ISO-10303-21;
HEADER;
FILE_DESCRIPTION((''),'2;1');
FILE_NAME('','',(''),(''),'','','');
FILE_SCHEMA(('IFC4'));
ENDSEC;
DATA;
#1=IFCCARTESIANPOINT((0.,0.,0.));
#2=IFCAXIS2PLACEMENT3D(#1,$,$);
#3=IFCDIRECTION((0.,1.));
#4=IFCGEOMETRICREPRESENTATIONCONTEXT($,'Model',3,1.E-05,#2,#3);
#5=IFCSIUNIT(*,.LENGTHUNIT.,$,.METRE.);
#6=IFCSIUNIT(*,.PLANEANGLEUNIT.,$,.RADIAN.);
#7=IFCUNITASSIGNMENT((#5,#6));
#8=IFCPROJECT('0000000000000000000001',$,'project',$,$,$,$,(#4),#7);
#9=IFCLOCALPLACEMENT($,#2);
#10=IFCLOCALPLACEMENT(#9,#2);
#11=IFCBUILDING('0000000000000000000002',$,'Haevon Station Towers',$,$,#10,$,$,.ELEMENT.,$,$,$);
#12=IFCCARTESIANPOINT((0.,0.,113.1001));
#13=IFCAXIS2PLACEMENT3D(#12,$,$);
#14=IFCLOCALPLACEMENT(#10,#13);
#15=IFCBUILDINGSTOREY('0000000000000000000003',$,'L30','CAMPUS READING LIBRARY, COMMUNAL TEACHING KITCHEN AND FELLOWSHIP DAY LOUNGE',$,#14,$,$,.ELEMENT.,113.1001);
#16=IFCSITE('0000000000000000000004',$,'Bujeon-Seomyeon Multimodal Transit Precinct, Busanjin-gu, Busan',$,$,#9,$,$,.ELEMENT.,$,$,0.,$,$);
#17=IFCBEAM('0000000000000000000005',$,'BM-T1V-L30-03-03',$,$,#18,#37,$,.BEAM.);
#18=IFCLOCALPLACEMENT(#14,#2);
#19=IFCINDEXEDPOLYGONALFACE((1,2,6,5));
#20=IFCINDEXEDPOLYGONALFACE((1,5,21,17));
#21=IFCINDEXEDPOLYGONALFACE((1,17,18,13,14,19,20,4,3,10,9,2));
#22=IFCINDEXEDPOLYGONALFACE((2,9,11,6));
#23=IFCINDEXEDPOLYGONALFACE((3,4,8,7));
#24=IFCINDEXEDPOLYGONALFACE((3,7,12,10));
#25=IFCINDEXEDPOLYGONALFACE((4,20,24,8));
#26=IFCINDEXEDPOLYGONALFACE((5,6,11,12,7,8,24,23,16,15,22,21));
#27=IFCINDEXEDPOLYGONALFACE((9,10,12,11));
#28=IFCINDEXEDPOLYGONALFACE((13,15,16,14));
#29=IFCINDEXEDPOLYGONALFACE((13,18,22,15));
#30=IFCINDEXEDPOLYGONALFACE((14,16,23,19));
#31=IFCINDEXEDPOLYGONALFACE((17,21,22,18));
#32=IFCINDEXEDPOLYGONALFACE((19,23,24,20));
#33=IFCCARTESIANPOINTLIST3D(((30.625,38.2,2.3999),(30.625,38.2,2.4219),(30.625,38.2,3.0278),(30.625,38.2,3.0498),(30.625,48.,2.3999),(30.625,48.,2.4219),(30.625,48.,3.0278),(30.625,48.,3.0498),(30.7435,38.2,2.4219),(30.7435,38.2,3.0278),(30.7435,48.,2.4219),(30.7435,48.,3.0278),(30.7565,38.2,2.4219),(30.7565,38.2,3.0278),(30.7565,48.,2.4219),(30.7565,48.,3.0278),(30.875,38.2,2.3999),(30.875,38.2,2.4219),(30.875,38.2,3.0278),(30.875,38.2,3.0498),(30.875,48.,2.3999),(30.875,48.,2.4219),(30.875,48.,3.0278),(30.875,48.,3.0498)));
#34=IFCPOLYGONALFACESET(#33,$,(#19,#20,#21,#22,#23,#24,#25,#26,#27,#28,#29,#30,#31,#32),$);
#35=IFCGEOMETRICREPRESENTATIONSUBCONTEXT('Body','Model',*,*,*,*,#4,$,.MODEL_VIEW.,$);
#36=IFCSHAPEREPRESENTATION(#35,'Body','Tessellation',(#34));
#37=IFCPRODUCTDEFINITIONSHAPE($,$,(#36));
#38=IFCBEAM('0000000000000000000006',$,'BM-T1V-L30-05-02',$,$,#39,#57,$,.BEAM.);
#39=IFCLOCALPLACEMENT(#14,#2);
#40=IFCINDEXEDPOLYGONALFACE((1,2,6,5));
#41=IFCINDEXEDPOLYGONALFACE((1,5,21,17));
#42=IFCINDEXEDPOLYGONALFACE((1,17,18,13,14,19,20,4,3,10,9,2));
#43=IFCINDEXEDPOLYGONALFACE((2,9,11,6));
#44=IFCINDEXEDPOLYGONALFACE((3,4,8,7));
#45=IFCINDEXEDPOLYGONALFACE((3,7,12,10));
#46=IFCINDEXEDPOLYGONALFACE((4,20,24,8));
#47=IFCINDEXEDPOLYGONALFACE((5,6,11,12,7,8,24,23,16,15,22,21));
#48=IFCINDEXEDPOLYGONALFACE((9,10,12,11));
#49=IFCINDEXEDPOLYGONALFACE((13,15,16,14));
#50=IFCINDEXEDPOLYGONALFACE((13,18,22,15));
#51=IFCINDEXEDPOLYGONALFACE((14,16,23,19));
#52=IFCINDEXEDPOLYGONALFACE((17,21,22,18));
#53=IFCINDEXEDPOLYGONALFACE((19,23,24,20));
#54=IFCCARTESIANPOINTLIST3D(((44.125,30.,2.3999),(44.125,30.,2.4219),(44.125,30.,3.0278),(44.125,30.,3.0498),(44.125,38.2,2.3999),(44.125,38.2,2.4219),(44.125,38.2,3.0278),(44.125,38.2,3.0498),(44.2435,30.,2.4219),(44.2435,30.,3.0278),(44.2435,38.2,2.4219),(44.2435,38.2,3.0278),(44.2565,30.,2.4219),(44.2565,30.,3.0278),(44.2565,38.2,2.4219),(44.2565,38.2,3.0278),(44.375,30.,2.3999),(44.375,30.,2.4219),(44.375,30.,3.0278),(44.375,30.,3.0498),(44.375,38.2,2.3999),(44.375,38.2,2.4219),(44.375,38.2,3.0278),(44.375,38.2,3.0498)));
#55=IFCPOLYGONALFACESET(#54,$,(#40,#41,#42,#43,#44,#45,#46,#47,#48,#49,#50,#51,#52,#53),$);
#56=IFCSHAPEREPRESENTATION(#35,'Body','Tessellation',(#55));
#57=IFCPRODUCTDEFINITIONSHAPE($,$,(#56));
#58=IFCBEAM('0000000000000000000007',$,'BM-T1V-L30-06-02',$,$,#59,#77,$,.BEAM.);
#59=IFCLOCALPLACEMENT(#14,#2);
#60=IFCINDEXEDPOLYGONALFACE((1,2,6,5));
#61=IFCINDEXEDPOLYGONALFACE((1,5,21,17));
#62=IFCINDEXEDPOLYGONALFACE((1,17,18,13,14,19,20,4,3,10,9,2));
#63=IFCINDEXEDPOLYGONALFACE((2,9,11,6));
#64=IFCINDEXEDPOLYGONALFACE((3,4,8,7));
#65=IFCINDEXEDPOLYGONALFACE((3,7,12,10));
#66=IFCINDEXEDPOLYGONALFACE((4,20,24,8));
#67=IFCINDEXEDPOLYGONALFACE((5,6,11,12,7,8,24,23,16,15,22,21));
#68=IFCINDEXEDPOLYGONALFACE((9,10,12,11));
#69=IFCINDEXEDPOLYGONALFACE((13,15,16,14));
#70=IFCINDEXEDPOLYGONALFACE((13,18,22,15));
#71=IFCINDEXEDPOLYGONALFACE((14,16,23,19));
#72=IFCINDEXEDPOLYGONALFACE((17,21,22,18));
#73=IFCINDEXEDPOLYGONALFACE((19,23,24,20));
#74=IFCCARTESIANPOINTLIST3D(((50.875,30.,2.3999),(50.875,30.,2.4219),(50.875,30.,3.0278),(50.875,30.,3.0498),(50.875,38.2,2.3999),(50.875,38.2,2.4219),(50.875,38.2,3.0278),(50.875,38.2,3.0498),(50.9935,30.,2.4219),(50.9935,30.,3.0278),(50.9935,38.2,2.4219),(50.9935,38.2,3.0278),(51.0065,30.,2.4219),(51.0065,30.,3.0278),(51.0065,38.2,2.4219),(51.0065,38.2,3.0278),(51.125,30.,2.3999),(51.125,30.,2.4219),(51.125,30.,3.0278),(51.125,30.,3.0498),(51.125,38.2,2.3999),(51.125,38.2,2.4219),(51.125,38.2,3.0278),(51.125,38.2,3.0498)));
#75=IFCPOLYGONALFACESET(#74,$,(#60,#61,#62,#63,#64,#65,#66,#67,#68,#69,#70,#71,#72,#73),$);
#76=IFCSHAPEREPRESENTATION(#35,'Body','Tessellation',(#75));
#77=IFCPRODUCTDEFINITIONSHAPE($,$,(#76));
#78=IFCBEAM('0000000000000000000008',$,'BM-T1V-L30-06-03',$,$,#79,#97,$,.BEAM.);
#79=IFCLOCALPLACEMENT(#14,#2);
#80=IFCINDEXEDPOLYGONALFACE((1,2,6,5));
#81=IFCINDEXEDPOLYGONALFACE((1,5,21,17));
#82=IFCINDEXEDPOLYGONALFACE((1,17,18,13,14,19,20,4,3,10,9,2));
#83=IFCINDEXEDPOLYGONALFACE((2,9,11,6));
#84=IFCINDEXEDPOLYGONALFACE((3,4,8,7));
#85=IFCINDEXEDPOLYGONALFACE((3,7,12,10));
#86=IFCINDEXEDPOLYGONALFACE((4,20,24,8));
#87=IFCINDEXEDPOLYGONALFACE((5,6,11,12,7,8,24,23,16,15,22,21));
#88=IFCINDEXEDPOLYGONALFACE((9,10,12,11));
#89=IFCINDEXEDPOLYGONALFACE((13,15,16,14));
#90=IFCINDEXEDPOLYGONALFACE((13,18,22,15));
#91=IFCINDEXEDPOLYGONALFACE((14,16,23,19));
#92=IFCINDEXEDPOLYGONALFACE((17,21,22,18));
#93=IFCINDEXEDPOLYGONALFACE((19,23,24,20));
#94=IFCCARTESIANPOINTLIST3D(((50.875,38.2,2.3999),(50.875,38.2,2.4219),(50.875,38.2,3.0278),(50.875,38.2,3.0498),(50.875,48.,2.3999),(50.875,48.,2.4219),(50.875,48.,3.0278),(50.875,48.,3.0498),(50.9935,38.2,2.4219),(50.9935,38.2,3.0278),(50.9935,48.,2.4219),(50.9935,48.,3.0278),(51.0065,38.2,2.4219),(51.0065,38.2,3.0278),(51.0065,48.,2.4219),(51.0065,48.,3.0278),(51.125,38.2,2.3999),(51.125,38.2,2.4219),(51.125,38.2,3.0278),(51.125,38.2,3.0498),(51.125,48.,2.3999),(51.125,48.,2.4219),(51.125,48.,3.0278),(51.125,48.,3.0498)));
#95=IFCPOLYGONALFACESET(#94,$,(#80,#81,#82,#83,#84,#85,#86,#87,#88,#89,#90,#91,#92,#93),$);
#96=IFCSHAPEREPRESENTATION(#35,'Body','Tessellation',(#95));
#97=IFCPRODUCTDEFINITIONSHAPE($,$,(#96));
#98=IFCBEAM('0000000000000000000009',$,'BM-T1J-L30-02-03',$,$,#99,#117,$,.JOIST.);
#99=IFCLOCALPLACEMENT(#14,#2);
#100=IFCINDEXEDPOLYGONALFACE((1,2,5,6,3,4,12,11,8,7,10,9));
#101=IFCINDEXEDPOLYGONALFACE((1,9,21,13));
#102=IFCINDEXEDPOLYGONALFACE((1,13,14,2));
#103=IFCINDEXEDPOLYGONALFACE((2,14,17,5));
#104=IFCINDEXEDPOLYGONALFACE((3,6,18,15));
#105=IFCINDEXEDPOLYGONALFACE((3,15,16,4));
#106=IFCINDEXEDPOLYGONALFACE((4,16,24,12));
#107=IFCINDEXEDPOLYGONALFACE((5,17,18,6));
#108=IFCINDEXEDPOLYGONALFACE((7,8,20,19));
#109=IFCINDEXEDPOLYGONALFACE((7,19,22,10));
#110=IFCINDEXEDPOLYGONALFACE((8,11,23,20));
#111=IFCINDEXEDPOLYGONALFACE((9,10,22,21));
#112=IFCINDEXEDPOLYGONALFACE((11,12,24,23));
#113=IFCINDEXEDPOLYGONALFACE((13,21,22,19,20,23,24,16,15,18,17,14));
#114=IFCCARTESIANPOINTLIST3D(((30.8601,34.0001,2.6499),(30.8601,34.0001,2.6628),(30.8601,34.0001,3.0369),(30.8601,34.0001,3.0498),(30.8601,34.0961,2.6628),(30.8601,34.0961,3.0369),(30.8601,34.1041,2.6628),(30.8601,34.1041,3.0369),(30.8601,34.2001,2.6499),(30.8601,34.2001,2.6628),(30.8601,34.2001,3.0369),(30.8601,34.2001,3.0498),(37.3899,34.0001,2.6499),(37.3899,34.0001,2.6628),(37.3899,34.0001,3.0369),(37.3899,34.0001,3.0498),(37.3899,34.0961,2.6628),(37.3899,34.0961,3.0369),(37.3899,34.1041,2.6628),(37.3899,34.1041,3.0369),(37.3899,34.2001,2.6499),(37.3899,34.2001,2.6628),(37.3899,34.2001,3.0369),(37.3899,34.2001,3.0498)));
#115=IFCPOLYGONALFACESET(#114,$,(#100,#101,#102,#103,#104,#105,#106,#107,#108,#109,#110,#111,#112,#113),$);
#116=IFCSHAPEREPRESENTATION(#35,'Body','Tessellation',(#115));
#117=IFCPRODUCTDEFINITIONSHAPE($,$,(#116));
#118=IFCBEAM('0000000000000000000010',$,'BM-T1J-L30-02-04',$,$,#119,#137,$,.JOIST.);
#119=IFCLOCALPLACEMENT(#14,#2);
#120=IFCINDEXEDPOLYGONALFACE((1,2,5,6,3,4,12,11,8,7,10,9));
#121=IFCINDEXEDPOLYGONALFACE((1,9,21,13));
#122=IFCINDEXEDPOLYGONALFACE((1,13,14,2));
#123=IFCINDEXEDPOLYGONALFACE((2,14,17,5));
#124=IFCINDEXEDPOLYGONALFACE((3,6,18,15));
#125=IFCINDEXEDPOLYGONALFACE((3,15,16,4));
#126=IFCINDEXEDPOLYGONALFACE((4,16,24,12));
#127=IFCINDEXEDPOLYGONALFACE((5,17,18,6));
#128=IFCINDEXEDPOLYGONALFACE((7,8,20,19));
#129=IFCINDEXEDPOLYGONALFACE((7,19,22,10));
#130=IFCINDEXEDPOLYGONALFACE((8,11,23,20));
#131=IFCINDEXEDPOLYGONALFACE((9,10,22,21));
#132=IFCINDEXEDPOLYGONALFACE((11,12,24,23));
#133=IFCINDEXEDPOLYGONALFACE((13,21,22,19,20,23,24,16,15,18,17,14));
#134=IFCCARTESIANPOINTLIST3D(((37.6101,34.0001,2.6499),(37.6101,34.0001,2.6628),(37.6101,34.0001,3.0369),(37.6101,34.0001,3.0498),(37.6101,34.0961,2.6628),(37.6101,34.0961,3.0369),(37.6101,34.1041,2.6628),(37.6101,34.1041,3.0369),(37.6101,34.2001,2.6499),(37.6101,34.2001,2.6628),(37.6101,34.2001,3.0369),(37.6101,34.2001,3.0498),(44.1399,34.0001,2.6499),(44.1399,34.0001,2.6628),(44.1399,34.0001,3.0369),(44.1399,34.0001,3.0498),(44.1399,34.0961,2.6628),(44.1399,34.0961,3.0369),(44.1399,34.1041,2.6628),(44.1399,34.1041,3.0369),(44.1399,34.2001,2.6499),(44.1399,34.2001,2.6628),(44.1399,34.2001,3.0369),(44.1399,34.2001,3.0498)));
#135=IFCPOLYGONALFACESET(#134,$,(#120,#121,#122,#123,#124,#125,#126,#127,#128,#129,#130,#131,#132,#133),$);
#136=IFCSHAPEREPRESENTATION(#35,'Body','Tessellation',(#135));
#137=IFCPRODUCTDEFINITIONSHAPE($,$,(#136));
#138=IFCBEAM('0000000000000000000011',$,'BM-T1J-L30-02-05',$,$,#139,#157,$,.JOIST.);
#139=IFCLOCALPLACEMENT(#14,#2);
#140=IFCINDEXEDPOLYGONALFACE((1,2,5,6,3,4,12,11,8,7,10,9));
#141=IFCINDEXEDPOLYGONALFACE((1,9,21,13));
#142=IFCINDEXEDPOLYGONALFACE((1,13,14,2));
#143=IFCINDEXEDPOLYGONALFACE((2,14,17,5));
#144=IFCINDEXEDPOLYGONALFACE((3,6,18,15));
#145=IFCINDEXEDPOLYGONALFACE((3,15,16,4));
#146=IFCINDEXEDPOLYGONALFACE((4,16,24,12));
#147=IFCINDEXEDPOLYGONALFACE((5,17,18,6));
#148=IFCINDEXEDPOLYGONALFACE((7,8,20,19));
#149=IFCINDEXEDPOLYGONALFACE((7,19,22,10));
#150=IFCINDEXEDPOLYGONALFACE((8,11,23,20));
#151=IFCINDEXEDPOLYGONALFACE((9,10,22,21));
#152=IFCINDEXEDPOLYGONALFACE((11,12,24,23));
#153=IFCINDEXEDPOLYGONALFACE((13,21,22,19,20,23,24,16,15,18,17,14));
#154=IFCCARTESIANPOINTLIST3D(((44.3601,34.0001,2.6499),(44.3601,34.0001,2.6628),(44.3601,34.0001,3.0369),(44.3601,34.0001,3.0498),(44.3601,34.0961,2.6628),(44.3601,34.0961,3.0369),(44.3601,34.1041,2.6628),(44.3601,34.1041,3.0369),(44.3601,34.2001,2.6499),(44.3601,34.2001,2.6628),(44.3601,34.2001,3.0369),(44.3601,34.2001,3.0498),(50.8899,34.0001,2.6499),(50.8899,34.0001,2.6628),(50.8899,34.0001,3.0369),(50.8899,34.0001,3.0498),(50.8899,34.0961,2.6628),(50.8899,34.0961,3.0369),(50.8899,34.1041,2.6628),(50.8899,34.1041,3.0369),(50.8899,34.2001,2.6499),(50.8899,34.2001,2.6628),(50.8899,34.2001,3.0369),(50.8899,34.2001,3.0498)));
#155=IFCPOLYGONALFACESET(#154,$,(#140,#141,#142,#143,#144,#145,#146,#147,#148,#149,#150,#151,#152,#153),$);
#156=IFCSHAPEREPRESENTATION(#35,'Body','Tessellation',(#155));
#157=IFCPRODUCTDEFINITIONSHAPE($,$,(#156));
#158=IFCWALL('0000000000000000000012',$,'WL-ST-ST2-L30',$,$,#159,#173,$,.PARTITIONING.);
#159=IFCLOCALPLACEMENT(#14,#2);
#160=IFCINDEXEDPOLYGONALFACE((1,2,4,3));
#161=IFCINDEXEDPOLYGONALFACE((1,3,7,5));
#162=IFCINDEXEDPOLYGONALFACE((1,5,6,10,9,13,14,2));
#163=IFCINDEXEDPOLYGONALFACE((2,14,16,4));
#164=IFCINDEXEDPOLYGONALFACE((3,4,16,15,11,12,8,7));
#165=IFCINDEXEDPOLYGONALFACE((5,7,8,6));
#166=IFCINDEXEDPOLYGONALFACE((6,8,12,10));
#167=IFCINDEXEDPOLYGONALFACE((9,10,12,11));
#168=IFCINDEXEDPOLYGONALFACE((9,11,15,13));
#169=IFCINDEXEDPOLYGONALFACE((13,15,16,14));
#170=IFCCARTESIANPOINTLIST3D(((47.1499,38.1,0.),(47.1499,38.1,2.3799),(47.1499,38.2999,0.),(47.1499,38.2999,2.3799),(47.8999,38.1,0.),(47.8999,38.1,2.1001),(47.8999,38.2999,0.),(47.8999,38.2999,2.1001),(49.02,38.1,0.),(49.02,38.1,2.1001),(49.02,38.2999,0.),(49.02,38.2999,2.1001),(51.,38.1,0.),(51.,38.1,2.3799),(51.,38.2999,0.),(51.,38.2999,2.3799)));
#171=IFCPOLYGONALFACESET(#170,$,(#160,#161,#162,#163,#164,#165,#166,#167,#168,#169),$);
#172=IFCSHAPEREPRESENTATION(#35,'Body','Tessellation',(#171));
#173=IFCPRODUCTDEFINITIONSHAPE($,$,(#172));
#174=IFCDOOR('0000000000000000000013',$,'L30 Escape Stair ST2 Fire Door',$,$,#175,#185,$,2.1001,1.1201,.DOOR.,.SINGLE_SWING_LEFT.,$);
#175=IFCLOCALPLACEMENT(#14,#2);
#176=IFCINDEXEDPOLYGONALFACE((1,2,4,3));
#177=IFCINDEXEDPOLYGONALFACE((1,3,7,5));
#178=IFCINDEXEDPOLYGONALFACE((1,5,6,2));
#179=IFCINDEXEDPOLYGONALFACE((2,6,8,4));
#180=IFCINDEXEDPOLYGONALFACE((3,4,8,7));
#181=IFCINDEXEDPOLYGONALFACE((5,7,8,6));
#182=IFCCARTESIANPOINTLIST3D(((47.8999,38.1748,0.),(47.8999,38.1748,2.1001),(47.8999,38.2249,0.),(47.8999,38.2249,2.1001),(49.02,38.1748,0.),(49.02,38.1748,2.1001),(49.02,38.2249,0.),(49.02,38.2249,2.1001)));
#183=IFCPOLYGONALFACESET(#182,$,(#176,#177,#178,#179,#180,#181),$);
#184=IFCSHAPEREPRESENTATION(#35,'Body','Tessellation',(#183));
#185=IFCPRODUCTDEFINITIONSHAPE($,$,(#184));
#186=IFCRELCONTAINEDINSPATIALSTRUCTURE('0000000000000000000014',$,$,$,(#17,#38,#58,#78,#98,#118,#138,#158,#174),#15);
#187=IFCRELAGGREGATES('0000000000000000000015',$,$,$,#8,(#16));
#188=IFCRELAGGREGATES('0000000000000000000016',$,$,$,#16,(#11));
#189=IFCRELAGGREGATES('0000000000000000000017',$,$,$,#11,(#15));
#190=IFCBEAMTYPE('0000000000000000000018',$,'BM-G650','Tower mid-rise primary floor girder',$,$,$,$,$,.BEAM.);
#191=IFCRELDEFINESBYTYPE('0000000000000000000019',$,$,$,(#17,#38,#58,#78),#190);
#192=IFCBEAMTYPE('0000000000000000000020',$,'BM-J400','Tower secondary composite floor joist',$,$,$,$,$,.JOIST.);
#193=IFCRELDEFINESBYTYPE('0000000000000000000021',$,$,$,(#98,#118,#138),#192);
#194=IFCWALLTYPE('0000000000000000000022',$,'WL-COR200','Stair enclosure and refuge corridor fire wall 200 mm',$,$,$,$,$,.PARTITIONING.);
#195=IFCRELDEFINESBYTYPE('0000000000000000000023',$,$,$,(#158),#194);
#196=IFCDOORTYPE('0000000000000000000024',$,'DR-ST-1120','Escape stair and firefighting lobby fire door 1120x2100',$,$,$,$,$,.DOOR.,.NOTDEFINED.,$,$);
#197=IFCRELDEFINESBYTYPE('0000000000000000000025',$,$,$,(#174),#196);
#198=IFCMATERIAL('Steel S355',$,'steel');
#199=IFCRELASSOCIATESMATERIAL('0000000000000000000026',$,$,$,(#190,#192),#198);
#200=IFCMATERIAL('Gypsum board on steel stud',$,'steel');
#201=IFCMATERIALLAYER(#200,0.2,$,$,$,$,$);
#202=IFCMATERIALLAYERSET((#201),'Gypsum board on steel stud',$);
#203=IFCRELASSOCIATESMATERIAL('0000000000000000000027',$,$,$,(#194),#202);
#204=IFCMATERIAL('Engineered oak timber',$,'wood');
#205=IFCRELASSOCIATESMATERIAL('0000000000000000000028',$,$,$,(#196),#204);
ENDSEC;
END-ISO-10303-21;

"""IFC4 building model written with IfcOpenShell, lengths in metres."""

from ifc_helpers import new_model, si_unit, direction, frame, frame_2d, origin, origin_2d, place, context, subcontext, project, spatial, rectangle, i_section, extrude, material, layer, layer_set, material_profile, profile_set, type_object, element, fill, save


model = new_model("IFC4")

# Units and contexts
model_context = context("Model", 3, precision=1e-05, world=origin(), true_north=direction((0.0, 1.0)))
body_context = subcontext(model_context, "Body", "Model", "MODEL_VIEW")
ifc_project = project(units=[si_unit("LENGTHUNIT", "METRE"), si_unit("PLANEANGLEUNIT", "RADIAN")], contexts=[model_context])

# Site, building, storey
site_placement = place(None, origin())
site = spatial("IfcSite", under=ifc_project, at=site_placement, Name="Bujeon-Seomyeon Multimodal Transit Precinct, Busanjin-gu, Busan", CompositionType="ELEMENT", RefElevation=0.0)
building_placement = place(site_placement, origin())
building = spatial("IfcBuilding", under=site, at=building_placement, Name="Haevon Station Towers", CompositionType="ELEMENT")
storey_placement = place(building_placement, frame((0.0, 0.0, 113.1001)))
storey = spatial("IfcBuildingStorey", under=building, at=storey_placement, Name="L30", Description="CAMPUS READING LIBRARY, COMMUNAL TEACHING KITCHEN AND FELLOWSHIP DAY LOUNGE", CompositionType="ELEMENT", Elevation=113.1001)

# Beams
ifc_material_1 = material(Name="Steel S355", Category="steel")
ifc_material_profile_1 = material_profile(ifc_material_1, i_section(OverallWidth=0.25, OverallDepth=0.6499, WebThickness=0.0129, FlangeThickness=0.022, at=origin_2d()), Name="H-650x250x13x22")
ifc_profile_set_1 = profile_set([ifc_material_profile_1], Name="Steel S355")
beam_type_1 = type_object("IfcBeamType", Name="BM-G650", Description="Tower mid-rise primary floor girder", PredefinedType="BEAM", material=ifc_profile_set_1)
beam_1_placement = place(storey_placement, frame((30.75, 38.2, 2.7249), z_axis=(0.0, 1.0, 0.0), x_axis=(-1.0, 0.0, 0.0)))
element("IfcBeam", 1, at=beam_1_placement, inside=storey, type_object=beam_type_1, Name="BM-T1V-L30-03-03", PredefinedType="BEAM", context=body_context, shape_type="SweptSolid", body=[
    extrude(i_section(OverallWidth=0.25, OverallDepth=0.6499, WebThickness=0.0129, FlangeThickness=0.022, at=origin_2d()), origin(), (0.0, 0.0, 1.0), 9.8),
])
for number, where, z_axis, x_axis, name in (
    (2, (44.25, 30.0, 2.7249), (0.0, 1.0, 0.0), (-1.0, 0.0, 0.0), "BM-T1V-L30-05-02"),
    (3, (51.0, 30.0, 2.7249), (0.0, 1.0, 0.0), (-1.0, 0.0, 0.0), "BM-T1V-L30-06-02"),
):
    element("IfcBeam", number, at=place(storey_placement, frame(where, z_axis=z_axis, x_axis=x_axis)), inside=storey, type_object=beam_type_1, Name=name, PredefinedType="BEAM", context=body_context, shape_type="SweptSolid", body=[
        extrude(i_section(OverallWidth=0.25, OverallDepth=0.6499, WebThickness=0.0129, FlangeThickness=0.022, at=origin_2d()), origin(), (0.0, 0.0, 1.0), 8.2),
    ])
beam_2_placement = place(storey_placement, frame((51.0, 38.2, 2.7249), z_axis=(0.0, 1.0, 0.0), x_axis=(-1.0, 0.0, 0.0)))
element("IfcBeam", 4, at=beam_2_placement, inside=storey, type_object=beam_type_1, Name="BM-T1V-L30-06-03", PredefinedType="BEAM", context=body_context, shape_type="SweptSolid", body=[
    extrude(i_section(OverallWidth=0.25, OverallDepth=0.6499, WebThickness=0.0129, FlangeThickness=0.022, at=origin_2d()), origin(), (0.0, 0.0, 1.0), 9.8),
])
ifc_material_profile_2 = material_profile(ifc_material_1, i_section(OverallWidth=0.2, OverallDepth=0.3999, WebThickness=0.0081, FlangeThickness=0.0129, at=origin_2d()), Name="H-400x200x8x13")
ifc_profile_set_2 = profile_set([ifc_material_profile_2], Name="Steel S355")
beam_type_2 = type_object("IfcBeamType", Name="BM-J400", Description="Tower secondary composite floor joist", PredefinedType="JOIST", material=ifc_profile_set_2)
for number, where, z_axis, x_axis, name in (
    (5, (30.8601, 34.1001, 2.8499), (1.0, 0.0, 0.0), (0.0, 1.0, 0.0), "BM-T1J-L30-02-03"),
    (6, (37.6101, 34.1001, 2.8499), (1.0, 0.0, 0.0), (0.0, 1.0, 0.0), "BM-T1J-L30-02-04"),
    (7, (44.3601, 34.1001, 2.8499), (1.0, 0.0, 0.0), (0.0, 1.0, 0.0), "BM-T1J-L30-02-05"),
):
    element("IfcBeam", number, at=place(storey_placement, frame(where, z_axis=z_axis, x_axis=x_axis)), inside=storey, type_object=beam_type_2, Name=name, PredefinedType="JOIST", context=body_context, shape_type="SweptSolid", body=[
        extrude(i_section(OverallWidth=0.2, OverallDepth=0.3999, WebThickness=0.0081, FlangeThickness=0.0129, at=origin_2d()), origin(), (0.0, 0.0, 1.0), 6.5298),
    ])

# Wall, opening, door
ifc_material_2 = material(Name="Gypsum board on steel stud", Category="steel")
ifc_layer_1 = layer(ifc_material_2, 0.2)
ifc_layer_set_1 = layer_set([ifc_layer_1], Name="Gypsum board on steel stud")
wall_type_1 = type_object("IfcWallType", Name="WL-COR200", Description="Stair enclosure and refuge corridor fire wall 200 mm", PredefinedType="PARTITIONING", material=ifc_layer_set_1)
wall_1_placement = place(storey_placement, frame((47.1499, 38.2, 0.0), z_axis=(0.0, 0.0, 1.0), x_axis=(1.0, 0.0, 0.0)))
wall_1 = element("IfcWall", 8, at=wall_1_placement, inside=storey, type_object=wall_type_1, Name="WL-ST-ST2-L30", PredefinedType="PARTITIONING", context=body_context, shape_type="SweptSolid", body=[
    extrude(rectangle(XDim=3.8501, YDim=0.2, at=frame_2d((1.925, 0.0))), origin(), (0.0, 0.0, 1.0), 2.3799),
])
opening_1_placement = place(wall_1_placement, frame((0.75, 0.0, 0.0)))
opening_1 = element("IfcOpeningElement", 9, at=opening_1_placement, cuts=wall_1, PredefinedType="OPENING", context=body_context, shape_type="SweptSolid", body=[
    extrude(rectangle(XDim=1.1201, YDim=2.1001, at=frame_2d((0.5601, 1.05))), frame((0.0, 0.1099, 0.0), z_axis=(0.0, -1.0, 0.0), x_axis=(1.0, 0.0, 0.0)), (0.0, 0.0, 1.0), 0.22),
])
ifc_material_3 = material(Name="Engineered oak timber", Category="wood")
door_type_1 = type_object("IfcDoorType", Name="DR-ST-1120", Description="Escape stair and firefighting lobby fire door 1120x2100", OperationType="NOTDEFINED", PredefinedType="DOOR", material=ifc_material_3)
door_1_placement = place(opening_1_placement, origin())
door_1 = element("IfcDoor", 10, at=door_1_placement, inside=storey, type_object=door_type_1, Name="L30 Escape Stair ST2 Fire Door", OperationType="SINGLE_SWING_LEFT", OverallHeight=2.1001, OverallWidth=1.1201, PredefinedType="DOOR", context=body_context, shape_type="SweptSolid", body=[
    extrude(rectangle(XDim=1.1201, YDim=2.1001, at=frame_2d((0.5601, 1.05))), frame((0.0, 0.0249, 0.0), z_axis=(0.0, -1.0, 0.0), x_axis=(1.0, 0.0, 0.0)), (0.0, 0.0, 1.0), 0.05),
])
fill(opening_1, door_1)

save(model, "model.ifc")
